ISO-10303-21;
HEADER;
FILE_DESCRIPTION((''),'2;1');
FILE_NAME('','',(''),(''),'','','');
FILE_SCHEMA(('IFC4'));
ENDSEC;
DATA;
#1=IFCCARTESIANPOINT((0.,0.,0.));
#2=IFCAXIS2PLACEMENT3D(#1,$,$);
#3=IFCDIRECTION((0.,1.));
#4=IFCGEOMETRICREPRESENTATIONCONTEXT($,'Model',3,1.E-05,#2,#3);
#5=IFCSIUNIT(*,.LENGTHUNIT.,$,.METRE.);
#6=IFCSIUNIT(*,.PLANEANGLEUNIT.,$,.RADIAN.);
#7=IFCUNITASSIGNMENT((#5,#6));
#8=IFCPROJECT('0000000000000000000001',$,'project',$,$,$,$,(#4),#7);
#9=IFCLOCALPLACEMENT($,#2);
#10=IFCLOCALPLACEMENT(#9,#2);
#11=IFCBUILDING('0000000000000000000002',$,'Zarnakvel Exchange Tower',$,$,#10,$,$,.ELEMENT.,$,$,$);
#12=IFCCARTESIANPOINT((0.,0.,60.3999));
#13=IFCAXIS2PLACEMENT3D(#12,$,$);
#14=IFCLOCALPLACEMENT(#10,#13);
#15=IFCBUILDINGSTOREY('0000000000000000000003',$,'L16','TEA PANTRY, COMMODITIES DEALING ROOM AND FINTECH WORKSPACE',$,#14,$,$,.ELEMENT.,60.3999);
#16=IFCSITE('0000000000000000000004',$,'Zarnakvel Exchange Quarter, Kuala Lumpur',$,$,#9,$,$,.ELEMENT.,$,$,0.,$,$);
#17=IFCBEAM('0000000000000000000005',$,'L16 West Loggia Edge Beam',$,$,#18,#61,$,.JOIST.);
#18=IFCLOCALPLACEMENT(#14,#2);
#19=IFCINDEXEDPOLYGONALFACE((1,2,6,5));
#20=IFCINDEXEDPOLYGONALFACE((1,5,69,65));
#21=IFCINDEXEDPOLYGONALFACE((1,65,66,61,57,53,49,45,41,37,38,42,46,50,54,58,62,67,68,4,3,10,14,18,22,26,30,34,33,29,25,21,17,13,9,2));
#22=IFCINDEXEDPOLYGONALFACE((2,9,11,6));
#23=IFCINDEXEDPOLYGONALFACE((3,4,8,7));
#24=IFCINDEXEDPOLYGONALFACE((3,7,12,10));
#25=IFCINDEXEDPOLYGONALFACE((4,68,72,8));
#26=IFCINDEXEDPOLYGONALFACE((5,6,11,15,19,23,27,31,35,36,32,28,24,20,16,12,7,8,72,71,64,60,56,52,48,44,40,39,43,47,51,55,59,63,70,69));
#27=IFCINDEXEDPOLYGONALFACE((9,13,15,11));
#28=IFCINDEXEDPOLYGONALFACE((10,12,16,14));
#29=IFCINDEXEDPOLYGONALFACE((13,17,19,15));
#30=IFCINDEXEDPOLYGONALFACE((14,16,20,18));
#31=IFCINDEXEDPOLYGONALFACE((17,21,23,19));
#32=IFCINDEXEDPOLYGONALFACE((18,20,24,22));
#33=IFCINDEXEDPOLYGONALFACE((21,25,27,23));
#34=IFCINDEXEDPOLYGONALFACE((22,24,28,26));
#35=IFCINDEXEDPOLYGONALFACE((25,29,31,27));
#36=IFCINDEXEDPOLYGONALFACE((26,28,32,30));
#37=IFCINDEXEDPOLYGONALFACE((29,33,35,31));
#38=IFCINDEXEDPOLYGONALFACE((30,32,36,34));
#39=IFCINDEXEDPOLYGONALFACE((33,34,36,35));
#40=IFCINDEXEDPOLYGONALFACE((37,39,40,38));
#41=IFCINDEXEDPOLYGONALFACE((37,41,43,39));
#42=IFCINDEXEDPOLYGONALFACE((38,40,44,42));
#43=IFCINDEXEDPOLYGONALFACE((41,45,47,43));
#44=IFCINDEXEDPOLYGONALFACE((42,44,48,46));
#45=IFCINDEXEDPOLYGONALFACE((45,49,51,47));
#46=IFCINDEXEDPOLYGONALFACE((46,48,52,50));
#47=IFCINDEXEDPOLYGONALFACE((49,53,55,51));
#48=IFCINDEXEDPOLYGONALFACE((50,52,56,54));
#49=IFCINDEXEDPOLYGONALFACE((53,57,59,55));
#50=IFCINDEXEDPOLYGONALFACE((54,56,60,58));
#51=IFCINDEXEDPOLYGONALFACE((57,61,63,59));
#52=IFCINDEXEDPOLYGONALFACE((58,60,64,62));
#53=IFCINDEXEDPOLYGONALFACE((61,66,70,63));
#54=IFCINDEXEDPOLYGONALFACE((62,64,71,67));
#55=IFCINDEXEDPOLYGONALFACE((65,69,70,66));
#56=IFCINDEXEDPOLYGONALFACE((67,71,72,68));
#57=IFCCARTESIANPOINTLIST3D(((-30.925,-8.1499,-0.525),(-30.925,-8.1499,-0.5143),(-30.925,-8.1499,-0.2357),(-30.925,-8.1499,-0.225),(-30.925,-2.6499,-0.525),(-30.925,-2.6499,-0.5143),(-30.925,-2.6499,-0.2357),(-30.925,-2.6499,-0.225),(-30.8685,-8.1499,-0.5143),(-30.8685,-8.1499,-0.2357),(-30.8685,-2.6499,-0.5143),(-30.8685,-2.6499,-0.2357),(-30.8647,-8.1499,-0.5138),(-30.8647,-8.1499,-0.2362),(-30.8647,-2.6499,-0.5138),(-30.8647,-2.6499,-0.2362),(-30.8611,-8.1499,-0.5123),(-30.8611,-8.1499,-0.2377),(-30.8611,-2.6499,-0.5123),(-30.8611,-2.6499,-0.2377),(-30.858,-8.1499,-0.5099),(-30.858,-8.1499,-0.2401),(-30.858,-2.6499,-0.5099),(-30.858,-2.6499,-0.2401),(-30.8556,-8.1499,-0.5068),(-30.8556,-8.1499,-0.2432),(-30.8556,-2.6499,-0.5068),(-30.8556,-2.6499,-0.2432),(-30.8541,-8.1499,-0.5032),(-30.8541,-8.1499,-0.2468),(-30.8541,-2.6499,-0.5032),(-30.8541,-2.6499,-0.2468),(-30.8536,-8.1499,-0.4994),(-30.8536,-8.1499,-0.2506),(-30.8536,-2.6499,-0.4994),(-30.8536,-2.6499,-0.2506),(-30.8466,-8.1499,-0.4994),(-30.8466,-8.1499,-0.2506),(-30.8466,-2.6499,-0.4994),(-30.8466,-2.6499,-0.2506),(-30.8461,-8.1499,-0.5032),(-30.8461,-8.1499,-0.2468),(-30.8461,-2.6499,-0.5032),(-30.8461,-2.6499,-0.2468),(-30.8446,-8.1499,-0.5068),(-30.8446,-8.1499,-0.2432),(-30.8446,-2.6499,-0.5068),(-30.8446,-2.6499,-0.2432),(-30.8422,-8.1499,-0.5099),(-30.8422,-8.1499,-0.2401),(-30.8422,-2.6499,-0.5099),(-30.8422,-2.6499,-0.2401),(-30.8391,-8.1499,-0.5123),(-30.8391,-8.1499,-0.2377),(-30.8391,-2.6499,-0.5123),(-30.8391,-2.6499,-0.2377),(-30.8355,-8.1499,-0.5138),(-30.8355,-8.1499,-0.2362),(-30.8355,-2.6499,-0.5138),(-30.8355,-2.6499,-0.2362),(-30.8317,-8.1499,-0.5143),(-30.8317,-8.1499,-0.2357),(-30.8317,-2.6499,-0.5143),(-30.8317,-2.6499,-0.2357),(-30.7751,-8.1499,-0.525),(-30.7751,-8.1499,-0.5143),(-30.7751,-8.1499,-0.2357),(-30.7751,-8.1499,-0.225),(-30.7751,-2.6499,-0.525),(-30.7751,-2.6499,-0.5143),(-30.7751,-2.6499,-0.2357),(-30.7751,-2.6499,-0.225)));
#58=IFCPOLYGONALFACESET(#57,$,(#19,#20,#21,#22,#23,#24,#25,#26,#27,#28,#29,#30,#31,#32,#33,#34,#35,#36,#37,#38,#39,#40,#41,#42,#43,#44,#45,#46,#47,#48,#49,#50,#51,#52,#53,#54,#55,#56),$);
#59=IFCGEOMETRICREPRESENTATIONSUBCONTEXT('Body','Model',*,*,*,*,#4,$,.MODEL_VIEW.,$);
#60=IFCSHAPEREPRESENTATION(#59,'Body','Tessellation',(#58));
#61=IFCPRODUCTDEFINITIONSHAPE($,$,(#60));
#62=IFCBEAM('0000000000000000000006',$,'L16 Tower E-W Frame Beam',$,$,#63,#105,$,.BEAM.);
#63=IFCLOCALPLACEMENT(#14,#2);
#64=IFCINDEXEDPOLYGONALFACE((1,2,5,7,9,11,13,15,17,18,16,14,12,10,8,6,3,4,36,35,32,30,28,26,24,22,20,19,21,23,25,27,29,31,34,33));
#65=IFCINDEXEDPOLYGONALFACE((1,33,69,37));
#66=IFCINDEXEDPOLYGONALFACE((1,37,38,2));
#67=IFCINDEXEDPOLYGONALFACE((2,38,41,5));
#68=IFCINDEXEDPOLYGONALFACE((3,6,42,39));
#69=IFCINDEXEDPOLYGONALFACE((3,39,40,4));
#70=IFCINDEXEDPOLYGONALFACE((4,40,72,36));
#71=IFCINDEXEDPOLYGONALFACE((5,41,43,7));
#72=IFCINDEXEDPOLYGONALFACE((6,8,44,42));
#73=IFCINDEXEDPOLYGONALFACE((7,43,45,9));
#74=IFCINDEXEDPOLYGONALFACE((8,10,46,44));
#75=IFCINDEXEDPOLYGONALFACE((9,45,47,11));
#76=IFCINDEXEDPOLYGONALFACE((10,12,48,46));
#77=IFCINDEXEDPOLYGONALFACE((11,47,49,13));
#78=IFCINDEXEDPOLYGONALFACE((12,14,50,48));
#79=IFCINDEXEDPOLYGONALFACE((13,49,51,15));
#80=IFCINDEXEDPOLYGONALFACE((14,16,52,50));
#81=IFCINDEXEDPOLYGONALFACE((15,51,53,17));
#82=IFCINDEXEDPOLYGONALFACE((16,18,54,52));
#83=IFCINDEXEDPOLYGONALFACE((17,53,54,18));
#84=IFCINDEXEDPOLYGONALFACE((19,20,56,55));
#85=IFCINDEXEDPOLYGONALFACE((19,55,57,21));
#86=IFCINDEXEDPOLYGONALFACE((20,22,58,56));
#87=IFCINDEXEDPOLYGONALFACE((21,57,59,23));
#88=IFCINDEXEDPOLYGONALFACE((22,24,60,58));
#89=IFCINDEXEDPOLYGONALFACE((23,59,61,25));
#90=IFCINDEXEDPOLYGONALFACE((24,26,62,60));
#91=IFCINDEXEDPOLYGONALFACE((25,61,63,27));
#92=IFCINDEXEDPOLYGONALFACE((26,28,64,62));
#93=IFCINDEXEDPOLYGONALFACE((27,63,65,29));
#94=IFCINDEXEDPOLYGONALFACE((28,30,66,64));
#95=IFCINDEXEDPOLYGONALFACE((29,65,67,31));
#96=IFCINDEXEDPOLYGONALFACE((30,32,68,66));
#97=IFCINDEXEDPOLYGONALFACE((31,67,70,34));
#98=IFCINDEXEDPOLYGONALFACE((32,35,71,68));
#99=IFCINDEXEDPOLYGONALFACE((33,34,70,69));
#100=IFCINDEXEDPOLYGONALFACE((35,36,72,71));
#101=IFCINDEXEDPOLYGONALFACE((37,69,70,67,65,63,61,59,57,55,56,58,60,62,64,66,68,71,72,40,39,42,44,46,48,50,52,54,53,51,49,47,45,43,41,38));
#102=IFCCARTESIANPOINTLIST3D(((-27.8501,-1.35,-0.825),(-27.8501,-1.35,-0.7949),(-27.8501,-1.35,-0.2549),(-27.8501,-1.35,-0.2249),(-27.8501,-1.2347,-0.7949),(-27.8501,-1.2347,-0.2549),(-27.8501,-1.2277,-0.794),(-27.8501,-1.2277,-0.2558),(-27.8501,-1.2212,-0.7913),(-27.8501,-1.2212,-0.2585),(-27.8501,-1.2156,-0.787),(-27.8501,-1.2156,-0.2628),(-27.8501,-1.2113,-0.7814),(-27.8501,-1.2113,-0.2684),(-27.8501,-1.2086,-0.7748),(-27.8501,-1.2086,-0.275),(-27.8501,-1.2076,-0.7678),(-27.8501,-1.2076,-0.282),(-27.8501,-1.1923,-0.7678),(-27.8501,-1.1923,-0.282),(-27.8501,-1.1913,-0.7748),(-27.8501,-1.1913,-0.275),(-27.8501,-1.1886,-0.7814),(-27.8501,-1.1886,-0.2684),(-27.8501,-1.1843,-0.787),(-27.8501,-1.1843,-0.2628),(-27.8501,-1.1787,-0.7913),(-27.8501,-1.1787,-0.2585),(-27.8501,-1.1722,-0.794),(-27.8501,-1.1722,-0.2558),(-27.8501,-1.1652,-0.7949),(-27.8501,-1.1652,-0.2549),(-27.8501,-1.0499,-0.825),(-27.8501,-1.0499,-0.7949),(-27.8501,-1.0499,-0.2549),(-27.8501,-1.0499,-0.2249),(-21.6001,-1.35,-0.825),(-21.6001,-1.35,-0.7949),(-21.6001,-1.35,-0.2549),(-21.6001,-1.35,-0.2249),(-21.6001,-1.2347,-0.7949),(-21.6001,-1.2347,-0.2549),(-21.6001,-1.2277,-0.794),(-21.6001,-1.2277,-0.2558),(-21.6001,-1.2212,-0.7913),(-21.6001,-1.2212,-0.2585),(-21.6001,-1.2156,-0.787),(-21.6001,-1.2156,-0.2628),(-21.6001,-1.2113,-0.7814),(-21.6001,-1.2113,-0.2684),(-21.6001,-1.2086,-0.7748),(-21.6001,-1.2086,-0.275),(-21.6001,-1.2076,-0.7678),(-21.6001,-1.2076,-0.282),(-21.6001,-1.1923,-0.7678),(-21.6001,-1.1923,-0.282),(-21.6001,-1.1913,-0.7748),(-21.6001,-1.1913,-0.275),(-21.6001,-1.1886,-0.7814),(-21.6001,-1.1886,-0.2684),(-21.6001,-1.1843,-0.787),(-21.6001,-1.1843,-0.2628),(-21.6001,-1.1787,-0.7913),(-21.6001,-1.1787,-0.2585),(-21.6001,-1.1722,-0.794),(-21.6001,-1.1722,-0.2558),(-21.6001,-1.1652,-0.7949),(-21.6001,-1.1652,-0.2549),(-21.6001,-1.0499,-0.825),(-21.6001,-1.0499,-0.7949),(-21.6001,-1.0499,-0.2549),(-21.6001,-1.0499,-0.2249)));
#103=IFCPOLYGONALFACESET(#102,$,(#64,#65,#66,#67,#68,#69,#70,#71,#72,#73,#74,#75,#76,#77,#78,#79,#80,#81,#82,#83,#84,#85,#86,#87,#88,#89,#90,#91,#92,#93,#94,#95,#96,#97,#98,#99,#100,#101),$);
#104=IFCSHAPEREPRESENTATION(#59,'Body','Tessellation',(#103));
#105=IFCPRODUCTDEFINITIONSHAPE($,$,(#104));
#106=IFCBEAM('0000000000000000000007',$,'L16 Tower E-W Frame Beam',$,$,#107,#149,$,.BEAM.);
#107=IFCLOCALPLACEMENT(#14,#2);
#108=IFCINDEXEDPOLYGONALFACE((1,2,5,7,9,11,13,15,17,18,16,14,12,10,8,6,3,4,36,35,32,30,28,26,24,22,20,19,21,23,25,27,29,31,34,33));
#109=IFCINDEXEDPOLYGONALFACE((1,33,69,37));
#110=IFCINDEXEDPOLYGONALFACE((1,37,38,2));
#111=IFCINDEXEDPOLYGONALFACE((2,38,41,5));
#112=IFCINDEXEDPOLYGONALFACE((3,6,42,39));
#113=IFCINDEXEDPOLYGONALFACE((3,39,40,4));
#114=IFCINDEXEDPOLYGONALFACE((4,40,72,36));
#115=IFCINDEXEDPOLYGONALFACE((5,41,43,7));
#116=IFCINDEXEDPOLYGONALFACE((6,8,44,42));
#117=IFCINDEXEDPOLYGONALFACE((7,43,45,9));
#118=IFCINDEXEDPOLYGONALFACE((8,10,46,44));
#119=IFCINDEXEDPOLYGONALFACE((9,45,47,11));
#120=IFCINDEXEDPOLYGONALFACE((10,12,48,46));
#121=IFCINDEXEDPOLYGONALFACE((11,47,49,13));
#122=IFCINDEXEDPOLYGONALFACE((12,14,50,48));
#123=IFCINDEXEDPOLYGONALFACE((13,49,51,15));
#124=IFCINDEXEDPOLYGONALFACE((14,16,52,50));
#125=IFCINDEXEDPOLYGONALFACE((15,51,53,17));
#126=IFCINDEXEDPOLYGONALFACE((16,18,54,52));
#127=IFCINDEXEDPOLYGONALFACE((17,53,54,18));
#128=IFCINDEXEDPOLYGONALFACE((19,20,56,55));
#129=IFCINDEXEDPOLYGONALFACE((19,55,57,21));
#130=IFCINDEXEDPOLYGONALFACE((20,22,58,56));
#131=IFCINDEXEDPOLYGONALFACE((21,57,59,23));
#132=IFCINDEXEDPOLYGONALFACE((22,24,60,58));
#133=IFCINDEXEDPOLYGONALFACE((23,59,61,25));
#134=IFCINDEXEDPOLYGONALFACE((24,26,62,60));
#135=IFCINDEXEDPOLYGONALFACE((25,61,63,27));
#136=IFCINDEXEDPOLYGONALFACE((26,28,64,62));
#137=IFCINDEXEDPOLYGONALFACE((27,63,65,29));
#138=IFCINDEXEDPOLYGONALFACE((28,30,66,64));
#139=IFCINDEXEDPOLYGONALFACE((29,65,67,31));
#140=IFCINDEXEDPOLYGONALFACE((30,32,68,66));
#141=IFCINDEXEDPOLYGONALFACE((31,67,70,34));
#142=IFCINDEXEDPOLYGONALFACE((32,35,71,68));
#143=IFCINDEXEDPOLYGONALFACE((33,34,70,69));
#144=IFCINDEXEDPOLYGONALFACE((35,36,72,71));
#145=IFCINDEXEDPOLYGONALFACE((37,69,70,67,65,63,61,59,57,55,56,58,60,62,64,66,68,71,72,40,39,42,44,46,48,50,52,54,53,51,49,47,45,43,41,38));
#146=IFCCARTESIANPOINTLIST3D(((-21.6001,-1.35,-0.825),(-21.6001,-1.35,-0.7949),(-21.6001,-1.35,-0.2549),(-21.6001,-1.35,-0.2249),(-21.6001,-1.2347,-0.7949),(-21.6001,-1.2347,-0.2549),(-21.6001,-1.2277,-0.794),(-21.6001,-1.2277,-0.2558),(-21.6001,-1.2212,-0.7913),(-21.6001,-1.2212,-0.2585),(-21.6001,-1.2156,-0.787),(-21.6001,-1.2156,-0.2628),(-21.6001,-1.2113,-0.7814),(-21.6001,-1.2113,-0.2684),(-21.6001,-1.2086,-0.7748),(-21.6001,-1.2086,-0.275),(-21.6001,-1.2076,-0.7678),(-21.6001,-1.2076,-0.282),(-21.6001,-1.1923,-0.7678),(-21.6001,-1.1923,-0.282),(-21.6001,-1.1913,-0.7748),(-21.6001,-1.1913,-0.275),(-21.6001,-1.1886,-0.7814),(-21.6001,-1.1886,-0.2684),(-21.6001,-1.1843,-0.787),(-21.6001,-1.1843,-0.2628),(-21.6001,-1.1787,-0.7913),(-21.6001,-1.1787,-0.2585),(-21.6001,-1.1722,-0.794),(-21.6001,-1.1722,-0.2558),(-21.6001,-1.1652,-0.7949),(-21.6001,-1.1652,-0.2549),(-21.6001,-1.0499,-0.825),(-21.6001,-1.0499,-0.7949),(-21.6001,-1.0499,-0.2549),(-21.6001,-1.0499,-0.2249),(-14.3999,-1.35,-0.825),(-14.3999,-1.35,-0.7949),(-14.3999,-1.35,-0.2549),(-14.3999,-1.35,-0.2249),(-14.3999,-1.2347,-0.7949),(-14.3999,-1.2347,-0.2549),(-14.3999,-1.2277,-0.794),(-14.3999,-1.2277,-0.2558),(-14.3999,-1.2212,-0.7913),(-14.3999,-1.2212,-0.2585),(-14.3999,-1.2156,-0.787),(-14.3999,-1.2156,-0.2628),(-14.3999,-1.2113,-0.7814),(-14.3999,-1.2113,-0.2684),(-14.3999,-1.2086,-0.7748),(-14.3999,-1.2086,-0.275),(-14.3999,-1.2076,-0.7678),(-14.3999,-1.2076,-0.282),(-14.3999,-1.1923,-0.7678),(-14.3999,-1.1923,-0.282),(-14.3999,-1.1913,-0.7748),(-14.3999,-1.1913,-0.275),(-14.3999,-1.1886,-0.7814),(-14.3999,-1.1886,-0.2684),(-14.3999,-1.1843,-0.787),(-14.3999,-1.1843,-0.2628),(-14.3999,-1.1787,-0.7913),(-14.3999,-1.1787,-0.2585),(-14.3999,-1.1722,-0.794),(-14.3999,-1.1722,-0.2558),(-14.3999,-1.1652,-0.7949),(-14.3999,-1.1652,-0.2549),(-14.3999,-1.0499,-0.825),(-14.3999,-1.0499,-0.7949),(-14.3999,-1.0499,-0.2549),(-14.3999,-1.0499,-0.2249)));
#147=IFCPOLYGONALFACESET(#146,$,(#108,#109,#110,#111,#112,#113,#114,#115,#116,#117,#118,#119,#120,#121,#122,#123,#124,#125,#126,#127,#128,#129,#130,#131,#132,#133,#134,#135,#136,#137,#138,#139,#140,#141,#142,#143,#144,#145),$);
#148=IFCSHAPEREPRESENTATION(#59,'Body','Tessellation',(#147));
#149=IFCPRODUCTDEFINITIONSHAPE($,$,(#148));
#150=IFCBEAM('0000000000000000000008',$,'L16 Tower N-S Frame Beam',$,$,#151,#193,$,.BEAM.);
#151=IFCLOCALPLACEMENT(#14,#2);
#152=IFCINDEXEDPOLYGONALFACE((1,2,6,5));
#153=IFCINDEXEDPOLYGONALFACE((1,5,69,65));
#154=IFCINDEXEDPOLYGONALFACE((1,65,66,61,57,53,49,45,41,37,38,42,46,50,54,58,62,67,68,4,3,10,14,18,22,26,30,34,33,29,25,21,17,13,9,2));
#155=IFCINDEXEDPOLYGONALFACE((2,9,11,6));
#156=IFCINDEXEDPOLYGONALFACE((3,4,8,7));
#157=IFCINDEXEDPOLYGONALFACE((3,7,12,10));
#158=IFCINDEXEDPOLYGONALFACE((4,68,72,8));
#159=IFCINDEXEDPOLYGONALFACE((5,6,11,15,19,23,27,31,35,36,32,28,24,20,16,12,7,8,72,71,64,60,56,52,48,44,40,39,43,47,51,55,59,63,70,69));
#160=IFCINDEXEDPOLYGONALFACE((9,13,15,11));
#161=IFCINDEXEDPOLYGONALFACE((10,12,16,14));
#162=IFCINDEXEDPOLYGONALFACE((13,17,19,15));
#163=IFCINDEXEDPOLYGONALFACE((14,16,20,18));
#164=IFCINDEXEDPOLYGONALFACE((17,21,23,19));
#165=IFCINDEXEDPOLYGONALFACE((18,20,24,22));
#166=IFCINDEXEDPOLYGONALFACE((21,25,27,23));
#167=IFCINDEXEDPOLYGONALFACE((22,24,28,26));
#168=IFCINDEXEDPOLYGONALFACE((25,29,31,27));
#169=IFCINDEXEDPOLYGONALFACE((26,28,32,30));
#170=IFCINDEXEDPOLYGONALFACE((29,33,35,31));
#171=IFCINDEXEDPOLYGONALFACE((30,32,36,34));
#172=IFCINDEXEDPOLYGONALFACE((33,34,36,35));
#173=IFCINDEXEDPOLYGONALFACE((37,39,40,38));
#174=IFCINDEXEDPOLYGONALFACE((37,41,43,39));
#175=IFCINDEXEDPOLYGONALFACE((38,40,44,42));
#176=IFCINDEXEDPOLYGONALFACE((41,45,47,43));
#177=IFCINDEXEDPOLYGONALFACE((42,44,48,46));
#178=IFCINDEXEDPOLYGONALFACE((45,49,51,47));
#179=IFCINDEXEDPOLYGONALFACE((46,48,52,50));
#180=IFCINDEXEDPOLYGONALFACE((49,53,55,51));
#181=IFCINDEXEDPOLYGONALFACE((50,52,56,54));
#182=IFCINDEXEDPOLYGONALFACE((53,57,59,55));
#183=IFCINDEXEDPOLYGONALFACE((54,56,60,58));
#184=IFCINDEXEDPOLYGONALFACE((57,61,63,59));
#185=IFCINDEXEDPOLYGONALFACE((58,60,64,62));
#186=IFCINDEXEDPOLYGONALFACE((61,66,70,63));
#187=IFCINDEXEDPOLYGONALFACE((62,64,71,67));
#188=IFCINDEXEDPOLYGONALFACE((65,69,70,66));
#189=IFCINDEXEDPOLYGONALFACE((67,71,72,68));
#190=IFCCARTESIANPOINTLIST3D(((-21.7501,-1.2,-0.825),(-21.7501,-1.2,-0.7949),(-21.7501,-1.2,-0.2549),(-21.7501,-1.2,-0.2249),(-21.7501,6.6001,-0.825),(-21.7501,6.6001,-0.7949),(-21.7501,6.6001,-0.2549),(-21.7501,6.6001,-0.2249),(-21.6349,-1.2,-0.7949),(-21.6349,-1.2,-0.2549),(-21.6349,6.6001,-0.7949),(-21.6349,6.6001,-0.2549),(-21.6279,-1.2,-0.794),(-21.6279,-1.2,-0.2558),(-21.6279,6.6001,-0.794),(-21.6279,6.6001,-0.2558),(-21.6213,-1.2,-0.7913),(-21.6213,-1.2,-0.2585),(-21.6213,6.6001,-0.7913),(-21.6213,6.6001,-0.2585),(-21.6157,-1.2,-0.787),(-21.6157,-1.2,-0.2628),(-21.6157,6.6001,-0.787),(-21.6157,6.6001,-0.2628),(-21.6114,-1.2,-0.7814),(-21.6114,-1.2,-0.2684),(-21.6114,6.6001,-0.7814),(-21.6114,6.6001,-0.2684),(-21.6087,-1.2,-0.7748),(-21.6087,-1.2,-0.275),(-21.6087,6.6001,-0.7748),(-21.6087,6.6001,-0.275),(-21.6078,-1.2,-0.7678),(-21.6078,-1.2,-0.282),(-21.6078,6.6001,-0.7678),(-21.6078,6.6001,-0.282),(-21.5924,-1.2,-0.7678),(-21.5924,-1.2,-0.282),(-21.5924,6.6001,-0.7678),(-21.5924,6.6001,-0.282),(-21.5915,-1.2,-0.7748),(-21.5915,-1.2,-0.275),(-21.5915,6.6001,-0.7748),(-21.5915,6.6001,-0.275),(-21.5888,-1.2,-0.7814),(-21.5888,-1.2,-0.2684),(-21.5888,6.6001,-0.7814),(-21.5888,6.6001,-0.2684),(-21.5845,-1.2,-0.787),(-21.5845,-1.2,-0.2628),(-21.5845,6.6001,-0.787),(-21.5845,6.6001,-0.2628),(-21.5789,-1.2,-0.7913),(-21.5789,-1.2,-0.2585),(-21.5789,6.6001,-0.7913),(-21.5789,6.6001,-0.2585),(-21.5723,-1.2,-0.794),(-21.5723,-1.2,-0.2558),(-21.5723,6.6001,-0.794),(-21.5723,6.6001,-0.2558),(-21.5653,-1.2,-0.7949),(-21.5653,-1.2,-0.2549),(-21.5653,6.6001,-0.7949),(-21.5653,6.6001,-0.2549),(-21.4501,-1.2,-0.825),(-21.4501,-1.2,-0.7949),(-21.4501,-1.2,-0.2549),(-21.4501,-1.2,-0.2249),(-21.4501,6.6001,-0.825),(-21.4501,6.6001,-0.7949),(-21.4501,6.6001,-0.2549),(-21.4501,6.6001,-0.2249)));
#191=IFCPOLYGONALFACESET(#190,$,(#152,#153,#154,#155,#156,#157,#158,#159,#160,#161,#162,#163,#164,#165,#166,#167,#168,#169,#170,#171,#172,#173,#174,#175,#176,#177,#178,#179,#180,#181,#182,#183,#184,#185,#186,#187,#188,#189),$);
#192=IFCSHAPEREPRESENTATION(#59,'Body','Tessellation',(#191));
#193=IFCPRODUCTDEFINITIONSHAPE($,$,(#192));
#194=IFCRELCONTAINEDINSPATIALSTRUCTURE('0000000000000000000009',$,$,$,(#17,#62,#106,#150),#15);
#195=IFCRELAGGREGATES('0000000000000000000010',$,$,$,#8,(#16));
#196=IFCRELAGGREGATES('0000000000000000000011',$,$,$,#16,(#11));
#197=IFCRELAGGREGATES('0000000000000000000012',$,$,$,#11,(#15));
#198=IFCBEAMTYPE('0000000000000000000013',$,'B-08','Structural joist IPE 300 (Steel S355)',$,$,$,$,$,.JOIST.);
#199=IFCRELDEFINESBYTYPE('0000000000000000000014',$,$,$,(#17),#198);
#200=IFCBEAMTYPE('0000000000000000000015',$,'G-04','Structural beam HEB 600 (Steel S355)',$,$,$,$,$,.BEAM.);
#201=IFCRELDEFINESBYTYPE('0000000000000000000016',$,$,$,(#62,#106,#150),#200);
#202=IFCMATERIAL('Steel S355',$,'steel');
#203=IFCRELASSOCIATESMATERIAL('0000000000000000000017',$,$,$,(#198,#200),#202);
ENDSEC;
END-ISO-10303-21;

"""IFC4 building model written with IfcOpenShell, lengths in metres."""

from ifc_helpers import new_model, si_unit, direction, frame, origin, origin_2d, place, context, subcontext, project, spatial, i_section, extrude, material, material_profile, profile_set, type_object, element, save


model = new_model("IFC4")

# Units and contexts
model_context = context("Model", 3, precision=1e-05, world=origin(), true_north=direction((0.0, 1.0)))
body_context = subcontext(model_context, "Body", "Model", "MODEL_VIEW")
ifc_project = project(units=[si_unit("LENGTHUNIT", "METRE"), si_unit("PLANEANGLEUNIT", "RADIAN")], contexts=[model_context])

# Site, building, storey
site_placement = place(None, origin())
site = spatial("IfcSite", under=ifc_project, at=site_placement, Name="Zarnakvel Exchange Quarter, Kuala Lumpur", CompositionType="ELEMENT", RefElevation=0.0)
building_placement = place(site_placement, origin())
building = spatial("IfcBuilding", under=site, at=building_placement, Name="Zarnakvel Exchange Tower", CompositionType="ELEMENT")
storey_placement = place(building_placement, frame((0.0, 0.0, 60.3999)))
storey = spatial("IfcBuildingStorey", under=building, at=storey_placement, Name="L16", Description="TEA PANTRY, COMMODITIES DEALING ROOM AND FINTECH WORKSPACE", CompositionType="ELEMENT", Elevation=60.3999)

# Shared definitions
ifc_material_1 = material(Name="Steel S355", Category="steel")

# Beams
ifc_material_profile_1 = material_profile(ifc_material_1, i_section(OverallWidth=0.1499, OverallDepth=0.3, WebThickness=0.0071, FlangeThickness=0.0107, FilletRadius=0.0149, at=origin_2d()))
ifc_profile_set_1 = profile_set([ifc_material_profile_1], Name="Steel S355")
beam_type_1 = type_object("IfcBeamType", Name="B-08", Description="Structural joist IPE 300 (Steel S355)", PredefinedType="JOIST", material=ifc_profile_set_1)
beam_1_placement = place(storey_placement, frame((-30.8501, -8.1499, -0.375), z_axis=(0.0, 1.0, 0.0), x_axis=(-1.0, 0.0, 0.0)))
element("IfcBeam", 1, at=beam_1_placement, inside=storey, type_object=beam_type_1, Name="L16 West Loggia Edge Beam", PredefinedType="JOIST", context=body_context, shape_type="SweptSolid", body=[
    extrude(i_section(OverallWidth=0.1499, OverallDepth=0.3, WebThickness=0.0071, FlangeThickness=0.0107, FilletRadius=0.0149, at=origin_2d()), origin(), (0.0, 0.0, 1.0), 5.5),
])
ifc_material_profile_2 = material_profile(ifc_material_1, i_section(OverallWidth=0.3, OverallDepth=0.6001, WebThickness=0.0154, FlangeThickness=0.03, FilletRadius=0.0271, at=origin_2d()))
ifc_profile_set_2 = profile_set([ifc_material_profile_2], Name="Steel S355")
beam_type_2 = type_object("IfcBeamType", Name="G-04", Description="Structural beam HEB 600 (Steel S355)", PredefinedType="BEAM", material=ifc_profile_set_2)
beam_2_placement = place(storey_placement, frame((-27.8501, -1.2, -0.5249), z_axis=(1.0, 0.0, 0.0), x_axis=(0.0, 1.0, 0.0)))
element("IfcBeam", 2, at=beam_2_placement, inside=storey, type_object=beam_type_2, Name="L16 Tower E-W Frame Beam", PredefinedType="BEAM", context=body_context, shape_type="SweptSolid", body=[
    extrude(i_section(OverallWidth=0.3, OverallDepth=0.6001, WebThickness=0.0154, FlangeThickness=0.03, FilletRadius=0.0271, at=origin_2d()), origin(), (0.0, 0.0, 1.0), 6.25),
])
beam_3_placement = place(storey_placement, frame((-21.6001, -1.2, -0.5249), z_axis=(1.0, 0.0, 0.0), x_axis=(0.0, 1.0, 0.0)))
element("IfcBeam", 3, at=beam_3_placement, inside=storey, type_object=beam_type_2, Name="L16 Tower E-W Frame Beam", PredefinedType="BEAM", context=body_context, shape_type="SweptSolid", body=[
    extrude(i_section(OverallWidth=0.3, OverallDepth=0.6001, WebThickness=0.0154, FlangeThickness=0.03, FilletRadius=0.0271, at=origin_2d()), origin(), (0.0, 0.0, 1.0), 7.2002),
])
beam_4_placement = place(storey_placement, frame((-21.6001, -1.2, -0.5249), z_axis=(0.0, 1.0, 0.0), x_axis=(-1.0, 0.0, 0.0)))
element("IfcBeam", 4, at=beam_4_placement, inside=storey, type_object=beam_type_2, Name="L16 Tower N-S Frame Beam", PredefinedType="BEAM", context=body_context, shape_type="SweptSolid", body=[
    extrude(i_section(OverallWidth=0.3, OverallDepth=0.6001, WebThickness=0.0154, FlangeThickness=0.03, FilletRadius=0.0271, at=origin_2d()), origin(), (0.0, 0.0, 1.0), 7.8),
])

save(model, "model.ifc")
